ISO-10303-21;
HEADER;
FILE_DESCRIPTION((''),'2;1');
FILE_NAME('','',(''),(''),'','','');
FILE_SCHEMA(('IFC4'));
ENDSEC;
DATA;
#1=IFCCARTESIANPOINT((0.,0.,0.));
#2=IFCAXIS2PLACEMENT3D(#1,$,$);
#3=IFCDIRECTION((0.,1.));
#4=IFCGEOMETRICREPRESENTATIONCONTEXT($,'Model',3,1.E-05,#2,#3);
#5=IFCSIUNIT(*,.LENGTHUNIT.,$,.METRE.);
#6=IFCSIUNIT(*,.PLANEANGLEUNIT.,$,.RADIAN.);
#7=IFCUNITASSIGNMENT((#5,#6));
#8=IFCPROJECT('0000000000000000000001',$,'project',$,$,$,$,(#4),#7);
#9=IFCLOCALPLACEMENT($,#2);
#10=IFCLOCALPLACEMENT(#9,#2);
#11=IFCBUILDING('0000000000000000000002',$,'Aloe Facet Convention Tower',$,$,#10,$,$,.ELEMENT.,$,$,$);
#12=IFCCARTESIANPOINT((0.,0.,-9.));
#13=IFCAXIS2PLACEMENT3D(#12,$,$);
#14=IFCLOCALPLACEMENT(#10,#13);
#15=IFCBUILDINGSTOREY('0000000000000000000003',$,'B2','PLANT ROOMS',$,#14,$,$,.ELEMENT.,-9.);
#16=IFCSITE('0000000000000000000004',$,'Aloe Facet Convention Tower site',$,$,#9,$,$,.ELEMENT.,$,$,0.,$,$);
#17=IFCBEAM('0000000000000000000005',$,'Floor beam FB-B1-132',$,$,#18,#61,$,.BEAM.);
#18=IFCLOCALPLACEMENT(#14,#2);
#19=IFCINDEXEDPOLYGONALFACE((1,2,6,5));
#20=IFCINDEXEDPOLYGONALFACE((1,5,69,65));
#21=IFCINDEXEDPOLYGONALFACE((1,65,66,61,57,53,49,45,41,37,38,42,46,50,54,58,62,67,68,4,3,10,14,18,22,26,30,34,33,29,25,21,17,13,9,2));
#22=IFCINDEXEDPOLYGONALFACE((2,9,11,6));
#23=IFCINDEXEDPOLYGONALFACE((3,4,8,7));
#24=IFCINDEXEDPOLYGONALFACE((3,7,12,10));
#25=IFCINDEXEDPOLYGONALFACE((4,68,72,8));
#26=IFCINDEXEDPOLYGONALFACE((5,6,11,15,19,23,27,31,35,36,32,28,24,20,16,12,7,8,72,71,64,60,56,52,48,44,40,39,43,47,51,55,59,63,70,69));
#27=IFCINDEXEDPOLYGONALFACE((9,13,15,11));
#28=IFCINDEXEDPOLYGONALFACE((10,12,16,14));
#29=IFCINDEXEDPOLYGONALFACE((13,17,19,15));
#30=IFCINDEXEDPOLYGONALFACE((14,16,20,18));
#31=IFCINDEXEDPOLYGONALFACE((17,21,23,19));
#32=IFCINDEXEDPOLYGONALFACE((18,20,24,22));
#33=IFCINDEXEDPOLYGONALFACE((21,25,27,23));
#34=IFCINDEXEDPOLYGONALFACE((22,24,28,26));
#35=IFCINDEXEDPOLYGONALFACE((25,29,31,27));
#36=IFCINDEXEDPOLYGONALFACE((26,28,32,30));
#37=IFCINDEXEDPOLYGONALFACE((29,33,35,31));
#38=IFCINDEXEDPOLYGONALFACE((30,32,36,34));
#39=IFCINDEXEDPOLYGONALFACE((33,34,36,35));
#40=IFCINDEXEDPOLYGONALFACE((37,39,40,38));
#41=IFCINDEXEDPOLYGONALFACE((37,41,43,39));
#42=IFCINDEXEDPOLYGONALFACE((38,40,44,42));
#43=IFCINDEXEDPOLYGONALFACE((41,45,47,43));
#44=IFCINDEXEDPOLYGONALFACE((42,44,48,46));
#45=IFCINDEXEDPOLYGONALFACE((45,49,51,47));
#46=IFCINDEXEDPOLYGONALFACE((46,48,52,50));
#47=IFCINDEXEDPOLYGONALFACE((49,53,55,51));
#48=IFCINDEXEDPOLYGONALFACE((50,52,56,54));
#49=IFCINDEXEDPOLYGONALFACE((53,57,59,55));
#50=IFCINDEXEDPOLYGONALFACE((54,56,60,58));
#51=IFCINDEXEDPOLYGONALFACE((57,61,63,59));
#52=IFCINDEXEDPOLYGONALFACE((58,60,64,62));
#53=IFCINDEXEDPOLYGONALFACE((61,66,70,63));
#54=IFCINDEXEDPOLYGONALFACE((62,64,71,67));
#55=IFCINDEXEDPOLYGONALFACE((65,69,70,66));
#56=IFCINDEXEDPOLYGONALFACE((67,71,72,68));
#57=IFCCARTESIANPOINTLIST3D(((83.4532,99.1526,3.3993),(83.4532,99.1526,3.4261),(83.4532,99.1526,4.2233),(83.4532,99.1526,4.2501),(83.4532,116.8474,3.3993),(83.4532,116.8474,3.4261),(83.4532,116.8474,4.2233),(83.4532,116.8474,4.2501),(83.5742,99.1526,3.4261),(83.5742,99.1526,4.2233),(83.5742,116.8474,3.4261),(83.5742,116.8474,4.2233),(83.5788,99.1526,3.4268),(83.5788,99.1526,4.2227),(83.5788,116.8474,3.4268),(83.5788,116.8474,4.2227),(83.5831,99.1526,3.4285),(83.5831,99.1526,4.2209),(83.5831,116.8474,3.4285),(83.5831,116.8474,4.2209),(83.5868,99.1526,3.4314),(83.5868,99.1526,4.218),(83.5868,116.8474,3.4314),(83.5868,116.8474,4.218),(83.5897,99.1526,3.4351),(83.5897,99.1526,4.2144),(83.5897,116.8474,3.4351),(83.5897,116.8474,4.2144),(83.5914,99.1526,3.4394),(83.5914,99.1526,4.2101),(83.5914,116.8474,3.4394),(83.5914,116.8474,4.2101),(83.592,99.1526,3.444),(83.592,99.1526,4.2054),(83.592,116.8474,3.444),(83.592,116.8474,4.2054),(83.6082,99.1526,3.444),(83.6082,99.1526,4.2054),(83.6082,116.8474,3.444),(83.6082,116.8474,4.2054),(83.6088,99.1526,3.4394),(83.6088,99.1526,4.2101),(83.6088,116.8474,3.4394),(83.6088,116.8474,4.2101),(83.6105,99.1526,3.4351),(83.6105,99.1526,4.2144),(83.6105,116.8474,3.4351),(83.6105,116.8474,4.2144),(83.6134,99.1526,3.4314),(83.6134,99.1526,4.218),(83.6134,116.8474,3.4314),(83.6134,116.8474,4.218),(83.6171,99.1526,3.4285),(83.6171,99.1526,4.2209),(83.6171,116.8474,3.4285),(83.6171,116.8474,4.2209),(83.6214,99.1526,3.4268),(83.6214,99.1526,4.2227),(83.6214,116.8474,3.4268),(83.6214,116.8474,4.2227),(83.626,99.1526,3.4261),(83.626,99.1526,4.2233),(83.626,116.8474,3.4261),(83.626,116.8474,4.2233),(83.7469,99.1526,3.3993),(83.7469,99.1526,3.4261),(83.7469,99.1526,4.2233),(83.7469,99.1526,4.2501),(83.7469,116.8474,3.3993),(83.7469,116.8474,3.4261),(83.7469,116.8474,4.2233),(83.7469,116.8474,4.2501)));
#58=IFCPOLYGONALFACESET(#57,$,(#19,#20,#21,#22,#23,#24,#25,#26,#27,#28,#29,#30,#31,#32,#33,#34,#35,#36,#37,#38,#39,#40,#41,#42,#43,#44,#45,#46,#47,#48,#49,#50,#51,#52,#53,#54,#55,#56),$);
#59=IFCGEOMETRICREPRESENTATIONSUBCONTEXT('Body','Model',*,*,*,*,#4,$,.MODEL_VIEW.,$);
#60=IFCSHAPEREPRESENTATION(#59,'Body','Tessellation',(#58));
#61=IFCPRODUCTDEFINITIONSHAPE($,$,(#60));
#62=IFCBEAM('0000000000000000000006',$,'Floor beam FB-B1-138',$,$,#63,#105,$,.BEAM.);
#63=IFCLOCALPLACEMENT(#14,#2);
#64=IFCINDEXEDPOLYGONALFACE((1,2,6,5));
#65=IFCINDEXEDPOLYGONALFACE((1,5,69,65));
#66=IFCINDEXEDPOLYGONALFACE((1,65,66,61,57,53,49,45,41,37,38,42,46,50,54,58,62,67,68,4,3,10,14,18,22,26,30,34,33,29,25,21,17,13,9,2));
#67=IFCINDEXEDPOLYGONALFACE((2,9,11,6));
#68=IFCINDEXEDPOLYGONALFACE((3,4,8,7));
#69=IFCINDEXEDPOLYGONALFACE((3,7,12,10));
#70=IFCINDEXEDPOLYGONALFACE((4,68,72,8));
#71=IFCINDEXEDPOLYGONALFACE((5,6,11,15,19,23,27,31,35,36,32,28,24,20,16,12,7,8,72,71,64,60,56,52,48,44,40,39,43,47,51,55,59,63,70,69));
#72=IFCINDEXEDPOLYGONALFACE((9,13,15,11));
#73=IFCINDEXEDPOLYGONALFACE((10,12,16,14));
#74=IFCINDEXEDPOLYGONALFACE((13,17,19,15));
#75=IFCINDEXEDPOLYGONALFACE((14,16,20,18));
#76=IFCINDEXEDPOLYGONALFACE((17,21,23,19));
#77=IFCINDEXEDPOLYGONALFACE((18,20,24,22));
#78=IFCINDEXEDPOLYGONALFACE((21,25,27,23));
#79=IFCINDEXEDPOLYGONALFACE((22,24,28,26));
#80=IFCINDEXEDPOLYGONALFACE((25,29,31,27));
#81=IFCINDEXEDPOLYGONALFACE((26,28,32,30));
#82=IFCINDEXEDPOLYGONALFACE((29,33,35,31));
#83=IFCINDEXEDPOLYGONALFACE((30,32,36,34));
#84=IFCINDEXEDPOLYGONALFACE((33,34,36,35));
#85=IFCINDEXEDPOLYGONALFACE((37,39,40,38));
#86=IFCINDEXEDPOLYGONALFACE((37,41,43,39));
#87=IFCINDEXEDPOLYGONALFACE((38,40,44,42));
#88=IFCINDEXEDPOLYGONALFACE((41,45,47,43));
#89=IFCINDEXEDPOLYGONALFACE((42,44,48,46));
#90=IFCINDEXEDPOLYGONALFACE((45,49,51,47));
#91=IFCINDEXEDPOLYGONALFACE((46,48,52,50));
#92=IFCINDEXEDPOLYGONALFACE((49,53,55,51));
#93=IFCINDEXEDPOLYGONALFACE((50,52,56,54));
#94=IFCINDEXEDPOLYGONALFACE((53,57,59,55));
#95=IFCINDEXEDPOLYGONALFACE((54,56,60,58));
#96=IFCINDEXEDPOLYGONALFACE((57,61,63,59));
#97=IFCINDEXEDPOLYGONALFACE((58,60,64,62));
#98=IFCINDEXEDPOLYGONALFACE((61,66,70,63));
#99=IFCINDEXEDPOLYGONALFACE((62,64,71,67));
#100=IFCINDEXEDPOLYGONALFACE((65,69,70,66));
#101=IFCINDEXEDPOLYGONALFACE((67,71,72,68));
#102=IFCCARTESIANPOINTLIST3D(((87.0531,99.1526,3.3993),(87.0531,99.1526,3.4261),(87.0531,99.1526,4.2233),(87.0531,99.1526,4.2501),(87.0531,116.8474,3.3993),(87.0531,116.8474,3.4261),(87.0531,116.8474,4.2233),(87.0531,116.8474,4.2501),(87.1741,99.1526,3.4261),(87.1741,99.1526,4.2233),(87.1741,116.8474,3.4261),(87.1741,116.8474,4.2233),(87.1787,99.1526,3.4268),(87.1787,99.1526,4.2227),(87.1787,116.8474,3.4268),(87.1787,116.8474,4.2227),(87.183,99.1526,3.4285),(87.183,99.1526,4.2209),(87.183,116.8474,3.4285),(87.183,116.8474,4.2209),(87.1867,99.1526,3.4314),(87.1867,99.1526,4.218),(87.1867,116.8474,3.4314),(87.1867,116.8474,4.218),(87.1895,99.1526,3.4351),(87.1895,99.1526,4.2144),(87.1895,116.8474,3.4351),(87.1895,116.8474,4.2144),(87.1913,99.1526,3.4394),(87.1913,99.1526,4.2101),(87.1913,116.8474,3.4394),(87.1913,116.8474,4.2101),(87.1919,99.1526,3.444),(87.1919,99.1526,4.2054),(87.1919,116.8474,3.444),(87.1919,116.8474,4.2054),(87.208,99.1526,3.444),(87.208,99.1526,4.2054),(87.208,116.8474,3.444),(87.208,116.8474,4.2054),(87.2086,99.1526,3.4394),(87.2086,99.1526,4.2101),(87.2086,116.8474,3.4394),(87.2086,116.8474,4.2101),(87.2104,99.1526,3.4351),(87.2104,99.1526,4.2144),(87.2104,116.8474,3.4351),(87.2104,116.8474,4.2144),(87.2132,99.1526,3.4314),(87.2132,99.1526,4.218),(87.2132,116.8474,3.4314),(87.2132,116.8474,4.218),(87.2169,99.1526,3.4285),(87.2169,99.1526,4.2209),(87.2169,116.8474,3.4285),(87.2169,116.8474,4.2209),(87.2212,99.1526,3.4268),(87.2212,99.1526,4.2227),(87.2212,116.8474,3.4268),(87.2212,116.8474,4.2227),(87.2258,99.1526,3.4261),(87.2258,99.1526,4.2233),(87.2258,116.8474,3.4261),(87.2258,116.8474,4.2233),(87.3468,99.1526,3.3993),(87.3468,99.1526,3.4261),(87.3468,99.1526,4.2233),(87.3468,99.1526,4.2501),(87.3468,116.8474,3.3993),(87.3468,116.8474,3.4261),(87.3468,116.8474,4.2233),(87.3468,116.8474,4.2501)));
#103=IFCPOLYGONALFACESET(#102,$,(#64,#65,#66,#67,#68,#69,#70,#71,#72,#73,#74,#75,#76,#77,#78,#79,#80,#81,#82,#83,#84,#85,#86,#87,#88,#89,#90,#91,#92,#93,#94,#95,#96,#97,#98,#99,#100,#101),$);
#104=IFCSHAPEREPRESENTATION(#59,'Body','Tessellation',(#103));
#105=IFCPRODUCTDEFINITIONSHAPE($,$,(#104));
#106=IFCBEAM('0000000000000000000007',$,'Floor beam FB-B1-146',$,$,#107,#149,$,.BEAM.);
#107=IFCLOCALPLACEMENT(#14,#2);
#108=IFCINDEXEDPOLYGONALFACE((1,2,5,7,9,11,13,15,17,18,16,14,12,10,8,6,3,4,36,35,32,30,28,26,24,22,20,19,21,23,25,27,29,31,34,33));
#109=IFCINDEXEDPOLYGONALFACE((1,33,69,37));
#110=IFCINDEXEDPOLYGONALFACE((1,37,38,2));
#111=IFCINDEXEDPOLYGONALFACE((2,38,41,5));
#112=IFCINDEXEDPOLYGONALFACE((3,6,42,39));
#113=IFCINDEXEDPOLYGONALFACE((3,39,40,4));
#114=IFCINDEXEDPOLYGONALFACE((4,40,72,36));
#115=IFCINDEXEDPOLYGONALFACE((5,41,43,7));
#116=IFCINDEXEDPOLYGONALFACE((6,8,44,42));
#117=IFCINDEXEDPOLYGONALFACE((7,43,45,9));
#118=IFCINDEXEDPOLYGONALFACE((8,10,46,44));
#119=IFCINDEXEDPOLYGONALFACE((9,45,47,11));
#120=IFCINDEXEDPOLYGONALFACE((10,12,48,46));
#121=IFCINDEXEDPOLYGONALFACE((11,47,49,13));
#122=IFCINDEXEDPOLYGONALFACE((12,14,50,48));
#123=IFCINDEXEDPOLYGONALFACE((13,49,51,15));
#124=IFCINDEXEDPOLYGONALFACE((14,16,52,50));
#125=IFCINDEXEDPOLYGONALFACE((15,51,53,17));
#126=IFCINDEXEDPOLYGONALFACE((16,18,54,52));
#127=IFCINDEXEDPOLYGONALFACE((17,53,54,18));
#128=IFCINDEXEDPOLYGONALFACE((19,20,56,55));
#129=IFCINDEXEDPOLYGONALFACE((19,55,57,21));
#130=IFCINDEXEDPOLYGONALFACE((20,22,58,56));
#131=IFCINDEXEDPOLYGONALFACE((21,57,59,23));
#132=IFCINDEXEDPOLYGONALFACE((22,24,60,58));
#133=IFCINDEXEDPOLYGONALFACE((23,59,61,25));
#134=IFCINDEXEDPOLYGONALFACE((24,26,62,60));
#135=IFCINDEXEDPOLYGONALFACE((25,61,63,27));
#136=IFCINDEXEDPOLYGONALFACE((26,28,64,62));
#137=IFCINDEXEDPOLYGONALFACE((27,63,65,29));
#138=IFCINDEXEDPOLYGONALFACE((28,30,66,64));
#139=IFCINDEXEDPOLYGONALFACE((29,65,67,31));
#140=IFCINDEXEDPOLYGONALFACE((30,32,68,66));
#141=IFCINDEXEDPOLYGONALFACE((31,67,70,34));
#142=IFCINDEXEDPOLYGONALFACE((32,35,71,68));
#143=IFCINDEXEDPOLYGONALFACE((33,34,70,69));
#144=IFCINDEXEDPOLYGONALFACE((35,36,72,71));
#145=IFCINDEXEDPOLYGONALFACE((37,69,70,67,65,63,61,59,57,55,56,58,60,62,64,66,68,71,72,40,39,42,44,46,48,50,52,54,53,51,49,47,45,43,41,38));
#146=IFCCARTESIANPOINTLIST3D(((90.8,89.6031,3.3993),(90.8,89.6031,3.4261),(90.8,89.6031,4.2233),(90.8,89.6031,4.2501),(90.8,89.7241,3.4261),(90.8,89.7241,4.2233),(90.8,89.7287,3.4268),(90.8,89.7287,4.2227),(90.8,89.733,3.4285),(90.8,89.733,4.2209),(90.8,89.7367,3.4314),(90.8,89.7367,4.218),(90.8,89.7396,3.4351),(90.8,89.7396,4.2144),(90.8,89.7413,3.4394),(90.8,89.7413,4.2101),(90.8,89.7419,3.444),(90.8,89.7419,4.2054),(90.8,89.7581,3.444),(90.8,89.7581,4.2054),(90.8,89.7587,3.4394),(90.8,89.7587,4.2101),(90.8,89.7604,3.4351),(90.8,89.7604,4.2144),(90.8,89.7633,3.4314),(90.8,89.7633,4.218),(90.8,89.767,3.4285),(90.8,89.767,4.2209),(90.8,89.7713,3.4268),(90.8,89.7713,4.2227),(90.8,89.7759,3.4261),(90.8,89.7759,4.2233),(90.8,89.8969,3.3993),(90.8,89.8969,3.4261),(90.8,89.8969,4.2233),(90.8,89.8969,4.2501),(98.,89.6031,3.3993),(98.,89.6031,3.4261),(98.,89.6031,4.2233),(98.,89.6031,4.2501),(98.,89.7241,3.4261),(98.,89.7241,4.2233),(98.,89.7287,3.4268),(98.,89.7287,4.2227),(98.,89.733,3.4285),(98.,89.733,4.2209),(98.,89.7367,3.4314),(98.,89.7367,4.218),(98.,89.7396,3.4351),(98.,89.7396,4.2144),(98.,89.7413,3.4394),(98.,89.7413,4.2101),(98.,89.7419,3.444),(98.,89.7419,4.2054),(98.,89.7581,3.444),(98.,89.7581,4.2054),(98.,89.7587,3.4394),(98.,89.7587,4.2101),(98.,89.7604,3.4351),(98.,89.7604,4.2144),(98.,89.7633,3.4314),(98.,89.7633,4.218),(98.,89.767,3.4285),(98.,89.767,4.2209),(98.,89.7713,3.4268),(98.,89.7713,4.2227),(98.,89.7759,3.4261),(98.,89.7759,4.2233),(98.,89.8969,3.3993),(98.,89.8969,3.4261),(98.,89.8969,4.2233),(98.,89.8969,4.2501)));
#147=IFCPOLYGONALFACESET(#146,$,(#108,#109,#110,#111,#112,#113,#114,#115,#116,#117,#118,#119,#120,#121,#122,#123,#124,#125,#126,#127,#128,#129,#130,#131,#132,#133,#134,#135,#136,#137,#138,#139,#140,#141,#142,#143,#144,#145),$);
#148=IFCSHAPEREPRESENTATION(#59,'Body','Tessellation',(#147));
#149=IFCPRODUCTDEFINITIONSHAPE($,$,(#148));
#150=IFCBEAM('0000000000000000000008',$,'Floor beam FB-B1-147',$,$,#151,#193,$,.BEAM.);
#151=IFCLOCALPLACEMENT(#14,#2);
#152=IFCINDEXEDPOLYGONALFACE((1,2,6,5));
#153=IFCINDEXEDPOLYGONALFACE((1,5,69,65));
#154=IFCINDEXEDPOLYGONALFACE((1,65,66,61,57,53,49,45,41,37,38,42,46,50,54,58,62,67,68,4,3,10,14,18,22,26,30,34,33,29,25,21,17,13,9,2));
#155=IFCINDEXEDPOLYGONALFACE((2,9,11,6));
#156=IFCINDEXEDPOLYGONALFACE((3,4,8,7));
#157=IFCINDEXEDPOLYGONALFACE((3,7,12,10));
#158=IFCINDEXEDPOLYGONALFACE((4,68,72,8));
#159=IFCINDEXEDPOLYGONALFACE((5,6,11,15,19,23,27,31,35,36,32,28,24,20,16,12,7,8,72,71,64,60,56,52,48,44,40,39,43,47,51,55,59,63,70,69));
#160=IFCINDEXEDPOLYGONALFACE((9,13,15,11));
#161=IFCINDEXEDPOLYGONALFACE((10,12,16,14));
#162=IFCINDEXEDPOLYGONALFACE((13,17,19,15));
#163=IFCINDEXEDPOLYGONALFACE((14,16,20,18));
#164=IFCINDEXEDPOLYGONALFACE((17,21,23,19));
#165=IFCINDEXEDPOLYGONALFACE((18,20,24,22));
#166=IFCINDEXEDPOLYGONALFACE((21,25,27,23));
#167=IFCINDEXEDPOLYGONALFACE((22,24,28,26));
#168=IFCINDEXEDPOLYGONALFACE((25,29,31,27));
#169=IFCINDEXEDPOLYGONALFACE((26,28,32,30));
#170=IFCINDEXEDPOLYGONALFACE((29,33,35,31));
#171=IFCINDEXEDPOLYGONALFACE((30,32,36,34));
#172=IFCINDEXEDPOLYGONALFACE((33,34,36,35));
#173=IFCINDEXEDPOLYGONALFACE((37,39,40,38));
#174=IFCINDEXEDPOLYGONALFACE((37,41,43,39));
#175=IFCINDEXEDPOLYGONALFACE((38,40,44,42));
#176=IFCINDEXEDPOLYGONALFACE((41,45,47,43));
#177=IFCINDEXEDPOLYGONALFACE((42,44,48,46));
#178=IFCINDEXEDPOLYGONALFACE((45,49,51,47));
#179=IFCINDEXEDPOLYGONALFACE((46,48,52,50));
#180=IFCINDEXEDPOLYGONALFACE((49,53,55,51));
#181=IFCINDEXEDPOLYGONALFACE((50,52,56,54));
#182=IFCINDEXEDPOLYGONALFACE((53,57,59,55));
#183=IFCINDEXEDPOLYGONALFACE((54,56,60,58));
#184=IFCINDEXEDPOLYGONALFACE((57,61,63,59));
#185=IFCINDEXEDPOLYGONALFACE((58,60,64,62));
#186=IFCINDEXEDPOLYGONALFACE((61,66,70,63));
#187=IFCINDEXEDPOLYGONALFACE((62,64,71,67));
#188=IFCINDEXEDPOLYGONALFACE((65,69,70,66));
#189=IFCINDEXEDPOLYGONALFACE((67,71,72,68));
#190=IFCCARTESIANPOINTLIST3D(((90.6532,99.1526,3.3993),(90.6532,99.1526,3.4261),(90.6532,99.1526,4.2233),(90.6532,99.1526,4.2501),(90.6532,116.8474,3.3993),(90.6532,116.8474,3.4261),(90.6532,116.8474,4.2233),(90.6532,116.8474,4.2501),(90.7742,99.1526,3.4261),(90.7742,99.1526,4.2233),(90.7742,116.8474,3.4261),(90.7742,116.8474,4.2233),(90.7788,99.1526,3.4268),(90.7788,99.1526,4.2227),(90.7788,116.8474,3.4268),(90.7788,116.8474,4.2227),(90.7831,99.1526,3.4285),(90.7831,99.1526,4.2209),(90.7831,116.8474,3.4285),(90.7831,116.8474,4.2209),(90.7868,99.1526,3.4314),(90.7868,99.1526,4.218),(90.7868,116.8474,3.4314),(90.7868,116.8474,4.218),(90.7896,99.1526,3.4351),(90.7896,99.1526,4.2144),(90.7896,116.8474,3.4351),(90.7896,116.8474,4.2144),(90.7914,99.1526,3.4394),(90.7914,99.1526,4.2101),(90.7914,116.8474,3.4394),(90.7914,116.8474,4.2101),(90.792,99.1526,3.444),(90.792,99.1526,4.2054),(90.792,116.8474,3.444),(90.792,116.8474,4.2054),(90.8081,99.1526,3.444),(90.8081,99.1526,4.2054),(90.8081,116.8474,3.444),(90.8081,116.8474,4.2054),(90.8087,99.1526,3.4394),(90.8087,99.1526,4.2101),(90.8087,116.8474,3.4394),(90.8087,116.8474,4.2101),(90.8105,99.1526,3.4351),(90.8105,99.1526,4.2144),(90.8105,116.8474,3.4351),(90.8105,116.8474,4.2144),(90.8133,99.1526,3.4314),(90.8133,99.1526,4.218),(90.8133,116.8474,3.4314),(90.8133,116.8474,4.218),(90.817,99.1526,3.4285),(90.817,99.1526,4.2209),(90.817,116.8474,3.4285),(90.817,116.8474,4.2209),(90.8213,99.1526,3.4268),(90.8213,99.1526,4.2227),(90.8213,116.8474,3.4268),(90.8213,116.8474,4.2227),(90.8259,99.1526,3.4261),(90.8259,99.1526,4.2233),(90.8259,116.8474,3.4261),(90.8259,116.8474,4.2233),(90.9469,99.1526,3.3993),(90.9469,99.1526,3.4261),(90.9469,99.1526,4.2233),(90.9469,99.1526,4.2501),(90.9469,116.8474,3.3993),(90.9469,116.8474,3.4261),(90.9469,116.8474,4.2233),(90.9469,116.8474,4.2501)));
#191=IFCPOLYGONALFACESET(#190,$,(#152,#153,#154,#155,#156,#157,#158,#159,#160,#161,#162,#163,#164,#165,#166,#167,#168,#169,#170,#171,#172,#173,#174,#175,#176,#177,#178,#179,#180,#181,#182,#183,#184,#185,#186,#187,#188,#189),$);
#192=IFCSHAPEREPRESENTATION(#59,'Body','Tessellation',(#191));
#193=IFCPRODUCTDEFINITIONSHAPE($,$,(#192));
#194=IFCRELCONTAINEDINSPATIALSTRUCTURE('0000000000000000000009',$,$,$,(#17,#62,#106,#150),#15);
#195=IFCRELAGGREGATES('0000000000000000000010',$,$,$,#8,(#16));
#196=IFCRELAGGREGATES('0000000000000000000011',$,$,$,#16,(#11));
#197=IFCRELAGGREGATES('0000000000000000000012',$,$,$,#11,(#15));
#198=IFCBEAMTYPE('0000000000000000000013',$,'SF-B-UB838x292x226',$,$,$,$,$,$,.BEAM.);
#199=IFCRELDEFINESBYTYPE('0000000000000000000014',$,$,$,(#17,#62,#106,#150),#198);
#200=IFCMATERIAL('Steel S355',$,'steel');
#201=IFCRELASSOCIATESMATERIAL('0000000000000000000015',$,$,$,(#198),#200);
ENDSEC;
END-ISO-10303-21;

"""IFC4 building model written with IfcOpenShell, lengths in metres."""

from ifc_helpers import new_model, si_unit, direction, frame, origin, origin_2d, place, context, subcontext, project, spatial, i_section, extrude, material, material_profile, profile_set, type_object, element, save


model = new_model("IFC4")

# Units and contexts
model_context = context("Model", 3, precision=1e-05, world=origin(), true_north=direction((0.0, 1.0)))
body_context = subcontext(model_context, "Body", "Model", "MODEL_VIEW")
ifc_project = project(units=[si_unit("LENGTHUNIT", "METRE"), si_unit("PLANEANGLEUNIT", "RADIAN")], contexts=[model_context])

# Site, building, storey
site_placement = place(None, origin())
site = spatial("IfcSite", under=ifc_project, at=site_placement, Name="Aloe Facet Convention Tower site", CompositionType="ELEMENT", RefElevation=0.0)
building_placement = place(site_placement, origin())
building = spatial("IfcBuilding", under=site, at=building_placement, Name="Aloe Facet Convention Tower", CompositionType="ELEMENT")
storey_placement = place(building_placement, frame((0.0, 0.0, -9.0)))
storey = spatial("IfcBuildingStorey", under=building, at=storey_placement, Name="B2", Description="PLANT ROOMS", CompositionType="ELEMENT", Elevation=-9.0)

# Beams
ifc_material_1 = material(Name="Steel S355", Category="steel")
ifc_material_profile_1 = material_profile(ifc_material_1, i_section(OverallWidth=0.2937, OverallDepth=0.8508, WebThickness=0.0161, FlangeThickness=0.0269, FilletRadius=0.0178, at=origin_2d()), Name="UB 838x292x226")
ifc_profile_set_1 = profile_set([ifc_material_profile_1], Name="Steel S355")
beam_type_1 = type_object("IfcBeamType", Name="SF-B-UB838x292x226", PredefinedType="BEAM", material=ifc_profile_set_1)
for number, where, z_axis, x_axis, name in (
    (1, (83.6001, 99.1526, 3.8247), (0.0, 1.0, 0.0), (-1.0, 0.0, 0.0), "Floor beam FB-B1-132"),
    (2, (87.2, 99.1526, 3.8247), (0.0, 1.0, 0.0), (-1.0, 0.0, 0.0), "Floor beam FB-B1-138"),
):
    element("IfcBeam", number, at=place(storey_placement, frame(where, z_axis=z_axis, x_axis=x_axis)), inside=storey, type_object=beam_type_1, Name=name, PredefinedType="BEAM", context=body_context, shape_type="SweptSolid", body=[
        extrude(i_section(OverallWidth=0.2937, OverallDepth=0.8508, WebThickness=0.0161, FlangeThickness=0.0269, FilletRadius=0.0178, at=origin_2d()), origin(), (0.0, 0.0, 1.0), 17.6948),
    ])
beam_1_placement = place(storey_placement, frame((90.8, 89.75, 3.8247), z_axis=(1.0, 0.0, 0.0), x_axis=(0.0, 1.0, 0.0)))
element("IfcBeam", 3, at=beam_1_placement, inside=storey, type_object=beam_type_1, Name="Floor beam FB-B1-146", PredefinedType="BEAM", context=body_context, shape_type="SweptSolid", body=[
    extrude(i_section(OverallWidth=0.2937, OverallDepth=0.8508, WebThickness=0.0161, FlangeThickness=0.0269, FilletRadius=0.0178, at=origin_2d()), origin(), (0.0, 0.0, 1.0), 7.2),
])
beam_2_placement = place(storey_placement, frame((90.8, 99.1526, 3.8247), z_axis=(0.0, 1.0, 0.0), x_axis=(-1.0, 0.0, 0.0)))
element("IfcBeam", 4, at=beam_2_placement, inside=storey, type_object=beam_type_1, Name="Floor beam FB-B1-147", PredefinedType="BEAM", context=body_context, shape_type="SweptSolid", body=[
    extrude(i_section(OverallWidth=0.2937, OverallDepth=0.8508, WebThickness=0.0161, FlangeThickness=0.0269, FilletRadius=0.0178, at=origin_2d()), origin(), (0.0, 0.0, 1.0), 17.6948),
])

save(model, "model.ifc")
